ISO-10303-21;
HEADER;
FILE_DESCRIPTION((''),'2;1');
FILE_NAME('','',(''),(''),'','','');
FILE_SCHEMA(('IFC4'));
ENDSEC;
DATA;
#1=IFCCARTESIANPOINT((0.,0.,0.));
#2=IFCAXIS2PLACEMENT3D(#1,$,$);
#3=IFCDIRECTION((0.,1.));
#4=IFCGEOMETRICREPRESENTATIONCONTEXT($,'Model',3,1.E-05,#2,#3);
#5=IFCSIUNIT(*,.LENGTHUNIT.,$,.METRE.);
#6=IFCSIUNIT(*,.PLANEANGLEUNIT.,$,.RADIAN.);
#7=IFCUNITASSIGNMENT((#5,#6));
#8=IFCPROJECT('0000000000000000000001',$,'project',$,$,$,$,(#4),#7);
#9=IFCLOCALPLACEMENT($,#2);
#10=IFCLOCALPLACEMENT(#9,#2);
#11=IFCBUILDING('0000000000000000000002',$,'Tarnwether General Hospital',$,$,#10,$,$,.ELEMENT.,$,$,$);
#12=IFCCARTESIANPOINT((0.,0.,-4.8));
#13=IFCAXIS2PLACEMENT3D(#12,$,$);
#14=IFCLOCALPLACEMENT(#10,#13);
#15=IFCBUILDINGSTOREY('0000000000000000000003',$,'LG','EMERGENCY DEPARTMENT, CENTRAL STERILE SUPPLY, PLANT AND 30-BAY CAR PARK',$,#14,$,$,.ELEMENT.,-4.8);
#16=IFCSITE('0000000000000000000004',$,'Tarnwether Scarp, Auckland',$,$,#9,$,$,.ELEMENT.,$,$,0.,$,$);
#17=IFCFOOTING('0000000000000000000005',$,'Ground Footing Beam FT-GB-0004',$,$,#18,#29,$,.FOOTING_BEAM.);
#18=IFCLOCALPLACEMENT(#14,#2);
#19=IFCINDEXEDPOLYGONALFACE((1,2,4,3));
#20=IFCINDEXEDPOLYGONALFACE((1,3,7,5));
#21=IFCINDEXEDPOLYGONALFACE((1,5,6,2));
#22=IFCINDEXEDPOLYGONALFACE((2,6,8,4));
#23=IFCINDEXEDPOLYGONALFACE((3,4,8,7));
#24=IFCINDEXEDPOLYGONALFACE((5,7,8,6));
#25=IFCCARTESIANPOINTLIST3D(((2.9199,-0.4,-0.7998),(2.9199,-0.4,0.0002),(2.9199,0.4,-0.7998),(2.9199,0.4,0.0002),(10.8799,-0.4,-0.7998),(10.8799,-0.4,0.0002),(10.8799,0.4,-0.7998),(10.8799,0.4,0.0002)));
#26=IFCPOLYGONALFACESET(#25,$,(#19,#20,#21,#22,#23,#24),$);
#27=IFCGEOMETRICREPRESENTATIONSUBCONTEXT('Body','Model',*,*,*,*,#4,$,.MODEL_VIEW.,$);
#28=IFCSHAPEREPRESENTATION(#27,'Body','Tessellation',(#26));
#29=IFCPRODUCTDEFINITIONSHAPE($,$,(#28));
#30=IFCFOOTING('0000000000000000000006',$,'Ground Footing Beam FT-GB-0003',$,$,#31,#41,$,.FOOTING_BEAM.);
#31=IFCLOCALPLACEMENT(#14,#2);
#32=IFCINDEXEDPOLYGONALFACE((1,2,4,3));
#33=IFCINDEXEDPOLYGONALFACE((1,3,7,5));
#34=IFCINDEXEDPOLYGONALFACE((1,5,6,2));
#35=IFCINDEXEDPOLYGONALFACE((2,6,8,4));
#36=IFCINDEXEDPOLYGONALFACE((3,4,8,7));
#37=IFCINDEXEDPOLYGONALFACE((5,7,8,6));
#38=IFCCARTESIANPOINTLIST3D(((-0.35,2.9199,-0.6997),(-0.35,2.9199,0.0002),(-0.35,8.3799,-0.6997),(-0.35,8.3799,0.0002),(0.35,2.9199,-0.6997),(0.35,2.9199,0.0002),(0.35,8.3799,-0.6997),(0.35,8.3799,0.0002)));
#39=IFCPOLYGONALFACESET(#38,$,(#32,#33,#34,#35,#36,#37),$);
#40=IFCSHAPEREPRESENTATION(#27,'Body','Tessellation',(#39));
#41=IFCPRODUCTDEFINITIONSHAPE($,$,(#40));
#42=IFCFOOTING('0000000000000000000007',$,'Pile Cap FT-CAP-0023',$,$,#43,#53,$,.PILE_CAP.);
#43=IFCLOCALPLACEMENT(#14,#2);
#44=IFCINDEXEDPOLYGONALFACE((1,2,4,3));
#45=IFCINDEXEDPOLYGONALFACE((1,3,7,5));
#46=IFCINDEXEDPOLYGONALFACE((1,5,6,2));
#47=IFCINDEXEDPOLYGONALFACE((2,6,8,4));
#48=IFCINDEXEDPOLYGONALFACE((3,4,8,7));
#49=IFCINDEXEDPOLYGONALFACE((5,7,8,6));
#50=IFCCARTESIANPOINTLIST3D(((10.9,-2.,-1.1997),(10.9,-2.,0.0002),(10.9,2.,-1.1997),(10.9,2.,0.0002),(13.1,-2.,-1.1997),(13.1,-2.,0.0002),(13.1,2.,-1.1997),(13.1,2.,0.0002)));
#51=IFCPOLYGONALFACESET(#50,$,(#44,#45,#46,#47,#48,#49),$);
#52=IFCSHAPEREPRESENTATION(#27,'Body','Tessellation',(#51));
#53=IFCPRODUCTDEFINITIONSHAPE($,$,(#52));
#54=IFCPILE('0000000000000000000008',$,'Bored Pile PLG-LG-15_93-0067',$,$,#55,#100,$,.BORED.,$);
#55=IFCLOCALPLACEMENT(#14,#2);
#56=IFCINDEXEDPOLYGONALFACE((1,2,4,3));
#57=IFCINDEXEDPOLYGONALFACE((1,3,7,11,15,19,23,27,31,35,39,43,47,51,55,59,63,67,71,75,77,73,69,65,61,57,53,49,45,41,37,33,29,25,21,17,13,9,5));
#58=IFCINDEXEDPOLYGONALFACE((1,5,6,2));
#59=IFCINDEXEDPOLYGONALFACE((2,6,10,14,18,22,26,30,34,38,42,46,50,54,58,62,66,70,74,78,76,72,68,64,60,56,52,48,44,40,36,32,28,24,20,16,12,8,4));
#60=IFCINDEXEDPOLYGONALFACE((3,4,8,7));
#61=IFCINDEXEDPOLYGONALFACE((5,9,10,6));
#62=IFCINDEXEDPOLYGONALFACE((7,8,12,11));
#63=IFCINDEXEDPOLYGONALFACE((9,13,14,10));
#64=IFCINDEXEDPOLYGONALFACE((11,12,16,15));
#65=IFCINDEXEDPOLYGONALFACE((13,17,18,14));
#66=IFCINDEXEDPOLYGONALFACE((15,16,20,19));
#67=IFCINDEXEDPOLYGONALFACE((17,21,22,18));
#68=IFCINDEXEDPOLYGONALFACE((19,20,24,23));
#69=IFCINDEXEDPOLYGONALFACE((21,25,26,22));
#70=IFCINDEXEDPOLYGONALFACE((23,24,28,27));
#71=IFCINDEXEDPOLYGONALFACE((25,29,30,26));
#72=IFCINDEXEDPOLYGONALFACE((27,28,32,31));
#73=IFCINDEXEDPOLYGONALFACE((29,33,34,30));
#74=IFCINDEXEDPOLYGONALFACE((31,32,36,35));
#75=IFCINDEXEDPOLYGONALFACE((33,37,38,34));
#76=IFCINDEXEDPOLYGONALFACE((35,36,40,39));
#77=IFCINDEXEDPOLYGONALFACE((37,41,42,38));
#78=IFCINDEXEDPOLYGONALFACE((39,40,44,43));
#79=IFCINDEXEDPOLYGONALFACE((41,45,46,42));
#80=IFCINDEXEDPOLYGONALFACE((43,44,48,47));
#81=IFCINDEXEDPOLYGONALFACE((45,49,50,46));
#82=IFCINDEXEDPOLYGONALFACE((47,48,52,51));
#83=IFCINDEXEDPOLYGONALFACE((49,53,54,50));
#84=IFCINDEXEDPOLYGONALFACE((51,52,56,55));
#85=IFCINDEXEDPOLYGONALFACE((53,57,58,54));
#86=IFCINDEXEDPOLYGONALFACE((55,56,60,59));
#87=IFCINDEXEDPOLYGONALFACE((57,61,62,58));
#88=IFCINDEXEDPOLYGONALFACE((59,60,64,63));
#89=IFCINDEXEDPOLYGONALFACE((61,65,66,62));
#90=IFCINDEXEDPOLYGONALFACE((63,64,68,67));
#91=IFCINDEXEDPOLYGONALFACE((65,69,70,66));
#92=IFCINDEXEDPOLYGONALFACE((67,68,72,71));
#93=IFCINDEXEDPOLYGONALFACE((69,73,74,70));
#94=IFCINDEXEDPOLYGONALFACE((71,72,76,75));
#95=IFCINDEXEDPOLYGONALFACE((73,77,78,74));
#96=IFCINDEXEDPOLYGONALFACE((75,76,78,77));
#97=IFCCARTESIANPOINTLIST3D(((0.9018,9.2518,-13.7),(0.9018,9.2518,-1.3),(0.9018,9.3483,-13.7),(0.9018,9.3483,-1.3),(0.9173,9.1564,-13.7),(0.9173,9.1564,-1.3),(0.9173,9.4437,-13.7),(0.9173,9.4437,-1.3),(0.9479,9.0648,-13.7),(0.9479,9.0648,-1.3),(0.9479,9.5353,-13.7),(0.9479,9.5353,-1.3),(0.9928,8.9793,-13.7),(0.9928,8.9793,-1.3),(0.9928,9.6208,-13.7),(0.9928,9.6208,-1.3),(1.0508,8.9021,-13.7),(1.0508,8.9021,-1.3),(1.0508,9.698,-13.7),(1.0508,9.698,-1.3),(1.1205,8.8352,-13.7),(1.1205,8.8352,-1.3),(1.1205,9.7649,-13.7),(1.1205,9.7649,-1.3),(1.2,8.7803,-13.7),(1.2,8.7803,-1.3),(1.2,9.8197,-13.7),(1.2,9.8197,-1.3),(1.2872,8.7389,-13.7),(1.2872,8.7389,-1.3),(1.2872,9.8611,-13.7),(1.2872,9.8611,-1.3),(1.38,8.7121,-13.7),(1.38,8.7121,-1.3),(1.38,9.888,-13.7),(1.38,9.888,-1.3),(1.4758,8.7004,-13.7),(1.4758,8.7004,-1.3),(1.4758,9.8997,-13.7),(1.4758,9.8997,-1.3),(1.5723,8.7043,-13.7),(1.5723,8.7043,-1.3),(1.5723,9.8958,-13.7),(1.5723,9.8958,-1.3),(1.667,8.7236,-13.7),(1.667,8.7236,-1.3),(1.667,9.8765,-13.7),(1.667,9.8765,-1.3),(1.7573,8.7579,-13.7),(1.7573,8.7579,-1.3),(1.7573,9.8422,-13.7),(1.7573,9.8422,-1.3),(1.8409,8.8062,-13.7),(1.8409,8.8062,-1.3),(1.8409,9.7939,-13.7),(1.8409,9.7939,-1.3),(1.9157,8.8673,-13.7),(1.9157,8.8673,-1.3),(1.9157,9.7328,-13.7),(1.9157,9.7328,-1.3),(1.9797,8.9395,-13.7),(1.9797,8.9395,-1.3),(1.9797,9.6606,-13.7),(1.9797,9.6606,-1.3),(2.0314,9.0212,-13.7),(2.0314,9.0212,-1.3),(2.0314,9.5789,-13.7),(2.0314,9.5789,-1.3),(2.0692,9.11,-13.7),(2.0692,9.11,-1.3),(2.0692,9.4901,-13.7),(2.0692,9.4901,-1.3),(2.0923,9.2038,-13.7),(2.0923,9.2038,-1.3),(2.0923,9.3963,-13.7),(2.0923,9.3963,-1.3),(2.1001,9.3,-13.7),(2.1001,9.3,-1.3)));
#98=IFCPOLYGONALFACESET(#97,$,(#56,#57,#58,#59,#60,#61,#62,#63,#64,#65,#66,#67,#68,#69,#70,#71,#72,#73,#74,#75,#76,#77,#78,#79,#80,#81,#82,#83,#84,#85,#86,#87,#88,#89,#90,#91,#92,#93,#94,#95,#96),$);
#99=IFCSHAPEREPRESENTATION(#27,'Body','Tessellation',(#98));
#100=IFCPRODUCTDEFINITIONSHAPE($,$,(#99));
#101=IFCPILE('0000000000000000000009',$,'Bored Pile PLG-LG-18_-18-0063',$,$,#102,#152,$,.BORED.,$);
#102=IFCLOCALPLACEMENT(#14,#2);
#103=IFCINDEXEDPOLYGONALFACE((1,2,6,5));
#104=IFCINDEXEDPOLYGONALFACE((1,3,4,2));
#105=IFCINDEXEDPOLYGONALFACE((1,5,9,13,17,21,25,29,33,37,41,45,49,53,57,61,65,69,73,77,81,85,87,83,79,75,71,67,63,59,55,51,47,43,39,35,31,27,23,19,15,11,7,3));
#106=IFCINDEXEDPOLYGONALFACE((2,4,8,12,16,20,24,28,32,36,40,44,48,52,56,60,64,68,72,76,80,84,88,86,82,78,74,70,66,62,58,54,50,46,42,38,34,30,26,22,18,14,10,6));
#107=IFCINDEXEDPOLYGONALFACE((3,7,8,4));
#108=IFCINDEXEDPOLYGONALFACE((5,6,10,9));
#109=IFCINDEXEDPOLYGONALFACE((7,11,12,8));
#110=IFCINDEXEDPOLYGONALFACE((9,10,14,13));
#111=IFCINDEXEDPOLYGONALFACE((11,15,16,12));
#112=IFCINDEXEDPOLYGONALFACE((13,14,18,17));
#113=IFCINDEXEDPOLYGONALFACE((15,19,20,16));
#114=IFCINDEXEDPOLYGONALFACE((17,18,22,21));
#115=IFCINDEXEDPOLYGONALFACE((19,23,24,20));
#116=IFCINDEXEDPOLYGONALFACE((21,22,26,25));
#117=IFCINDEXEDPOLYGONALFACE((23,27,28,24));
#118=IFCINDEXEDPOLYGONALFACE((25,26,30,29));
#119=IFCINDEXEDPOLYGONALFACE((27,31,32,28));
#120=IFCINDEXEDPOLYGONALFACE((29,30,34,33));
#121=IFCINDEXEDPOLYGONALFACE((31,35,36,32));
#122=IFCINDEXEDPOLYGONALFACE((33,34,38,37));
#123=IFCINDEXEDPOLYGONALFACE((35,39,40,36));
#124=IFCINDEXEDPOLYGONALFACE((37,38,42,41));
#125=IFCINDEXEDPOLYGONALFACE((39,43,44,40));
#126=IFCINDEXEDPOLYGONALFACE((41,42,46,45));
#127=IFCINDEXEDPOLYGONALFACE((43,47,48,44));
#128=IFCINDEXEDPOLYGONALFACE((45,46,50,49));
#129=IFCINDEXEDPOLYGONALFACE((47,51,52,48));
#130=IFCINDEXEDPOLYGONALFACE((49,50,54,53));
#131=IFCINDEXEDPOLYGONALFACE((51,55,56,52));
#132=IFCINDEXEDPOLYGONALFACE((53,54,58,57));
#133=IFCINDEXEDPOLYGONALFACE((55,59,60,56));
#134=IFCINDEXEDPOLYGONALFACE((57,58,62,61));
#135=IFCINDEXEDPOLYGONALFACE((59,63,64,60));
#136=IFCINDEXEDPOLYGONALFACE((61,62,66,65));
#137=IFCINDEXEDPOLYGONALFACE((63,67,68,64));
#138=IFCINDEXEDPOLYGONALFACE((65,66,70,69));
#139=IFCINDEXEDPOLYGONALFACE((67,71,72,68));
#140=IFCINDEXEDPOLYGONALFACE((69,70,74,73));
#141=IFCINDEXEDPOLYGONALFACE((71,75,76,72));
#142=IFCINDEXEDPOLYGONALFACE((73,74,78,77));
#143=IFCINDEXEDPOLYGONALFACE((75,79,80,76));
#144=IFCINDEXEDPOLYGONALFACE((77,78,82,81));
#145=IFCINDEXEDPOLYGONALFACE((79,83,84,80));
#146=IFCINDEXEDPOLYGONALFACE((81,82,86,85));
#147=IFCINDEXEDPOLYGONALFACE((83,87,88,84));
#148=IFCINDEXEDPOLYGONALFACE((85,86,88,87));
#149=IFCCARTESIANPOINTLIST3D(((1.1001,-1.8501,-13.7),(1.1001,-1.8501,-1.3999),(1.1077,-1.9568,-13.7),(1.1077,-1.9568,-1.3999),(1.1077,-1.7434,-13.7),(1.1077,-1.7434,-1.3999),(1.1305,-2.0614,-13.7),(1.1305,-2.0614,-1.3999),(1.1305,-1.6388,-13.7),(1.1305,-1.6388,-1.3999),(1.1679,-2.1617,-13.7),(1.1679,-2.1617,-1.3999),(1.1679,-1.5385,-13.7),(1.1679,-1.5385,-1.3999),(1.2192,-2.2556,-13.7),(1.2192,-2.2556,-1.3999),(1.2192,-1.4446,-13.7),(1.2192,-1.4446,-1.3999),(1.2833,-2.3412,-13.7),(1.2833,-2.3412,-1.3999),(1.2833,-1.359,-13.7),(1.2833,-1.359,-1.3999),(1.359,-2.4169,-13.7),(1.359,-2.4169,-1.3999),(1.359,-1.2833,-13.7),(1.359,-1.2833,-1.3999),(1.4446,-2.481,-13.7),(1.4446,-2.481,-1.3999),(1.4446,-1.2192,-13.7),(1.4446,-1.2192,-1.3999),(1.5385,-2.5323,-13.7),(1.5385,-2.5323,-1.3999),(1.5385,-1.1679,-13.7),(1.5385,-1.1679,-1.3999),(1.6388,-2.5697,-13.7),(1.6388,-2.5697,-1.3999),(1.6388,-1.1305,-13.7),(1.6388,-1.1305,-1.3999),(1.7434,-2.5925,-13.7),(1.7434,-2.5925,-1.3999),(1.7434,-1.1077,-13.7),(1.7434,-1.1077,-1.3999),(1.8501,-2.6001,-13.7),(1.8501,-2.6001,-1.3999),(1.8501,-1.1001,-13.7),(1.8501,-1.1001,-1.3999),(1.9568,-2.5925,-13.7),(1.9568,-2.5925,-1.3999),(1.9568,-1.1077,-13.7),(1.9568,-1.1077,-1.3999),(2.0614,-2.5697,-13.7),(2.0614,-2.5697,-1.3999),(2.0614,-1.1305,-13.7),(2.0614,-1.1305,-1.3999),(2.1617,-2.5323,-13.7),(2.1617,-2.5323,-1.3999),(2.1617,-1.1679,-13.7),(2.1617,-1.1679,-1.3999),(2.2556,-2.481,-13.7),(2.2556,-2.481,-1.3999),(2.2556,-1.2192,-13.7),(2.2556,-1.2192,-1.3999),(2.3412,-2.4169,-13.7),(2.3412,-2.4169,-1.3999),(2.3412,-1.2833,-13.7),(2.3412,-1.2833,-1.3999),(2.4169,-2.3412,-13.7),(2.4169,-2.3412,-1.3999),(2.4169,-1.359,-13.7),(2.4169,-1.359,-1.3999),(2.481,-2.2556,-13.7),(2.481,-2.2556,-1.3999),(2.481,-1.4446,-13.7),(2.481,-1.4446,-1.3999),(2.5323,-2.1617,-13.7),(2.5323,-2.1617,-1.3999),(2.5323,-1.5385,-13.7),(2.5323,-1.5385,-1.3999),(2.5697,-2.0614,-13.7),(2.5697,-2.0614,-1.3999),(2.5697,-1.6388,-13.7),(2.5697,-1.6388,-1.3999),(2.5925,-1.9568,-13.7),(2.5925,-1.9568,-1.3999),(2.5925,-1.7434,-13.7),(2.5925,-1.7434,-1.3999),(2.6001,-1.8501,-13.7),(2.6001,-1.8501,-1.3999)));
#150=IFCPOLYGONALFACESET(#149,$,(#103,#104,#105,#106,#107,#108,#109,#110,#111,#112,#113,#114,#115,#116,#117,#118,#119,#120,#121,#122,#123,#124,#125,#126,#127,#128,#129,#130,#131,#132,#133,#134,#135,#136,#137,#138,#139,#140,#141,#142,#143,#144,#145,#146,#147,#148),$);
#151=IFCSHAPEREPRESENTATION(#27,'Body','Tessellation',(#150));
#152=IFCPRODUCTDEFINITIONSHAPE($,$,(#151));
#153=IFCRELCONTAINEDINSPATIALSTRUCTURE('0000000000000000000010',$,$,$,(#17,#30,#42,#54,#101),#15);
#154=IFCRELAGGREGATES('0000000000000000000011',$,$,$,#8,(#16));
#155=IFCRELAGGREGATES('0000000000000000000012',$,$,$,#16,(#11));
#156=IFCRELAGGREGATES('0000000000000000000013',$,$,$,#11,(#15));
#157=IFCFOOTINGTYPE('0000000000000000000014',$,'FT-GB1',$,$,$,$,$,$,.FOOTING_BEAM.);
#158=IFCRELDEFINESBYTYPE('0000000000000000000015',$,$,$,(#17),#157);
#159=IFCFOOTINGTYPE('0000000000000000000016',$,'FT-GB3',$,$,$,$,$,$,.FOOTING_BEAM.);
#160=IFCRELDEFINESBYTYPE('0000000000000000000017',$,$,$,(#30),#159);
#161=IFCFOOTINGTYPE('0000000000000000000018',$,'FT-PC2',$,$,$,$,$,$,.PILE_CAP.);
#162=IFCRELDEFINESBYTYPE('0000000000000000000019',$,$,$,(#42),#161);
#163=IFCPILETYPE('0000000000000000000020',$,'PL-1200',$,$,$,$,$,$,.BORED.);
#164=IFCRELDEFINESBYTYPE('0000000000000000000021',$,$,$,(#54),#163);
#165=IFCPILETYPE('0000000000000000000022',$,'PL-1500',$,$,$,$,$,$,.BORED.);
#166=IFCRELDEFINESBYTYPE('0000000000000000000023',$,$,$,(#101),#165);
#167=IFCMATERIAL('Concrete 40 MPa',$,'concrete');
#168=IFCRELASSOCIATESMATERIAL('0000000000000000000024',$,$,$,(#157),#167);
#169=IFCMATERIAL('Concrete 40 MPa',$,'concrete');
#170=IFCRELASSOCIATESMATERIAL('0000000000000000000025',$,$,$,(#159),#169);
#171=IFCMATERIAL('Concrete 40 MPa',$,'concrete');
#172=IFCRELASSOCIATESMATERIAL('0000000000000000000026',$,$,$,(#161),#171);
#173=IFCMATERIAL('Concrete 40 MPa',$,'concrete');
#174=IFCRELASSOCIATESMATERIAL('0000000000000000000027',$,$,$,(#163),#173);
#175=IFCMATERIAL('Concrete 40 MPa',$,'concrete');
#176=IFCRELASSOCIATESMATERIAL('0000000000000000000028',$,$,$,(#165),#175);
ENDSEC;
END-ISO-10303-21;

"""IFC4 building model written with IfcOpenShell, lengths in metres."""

from ifc_helpers import new_model, si_unit, direction, frame, origin, origin_2d, place, context, subcontext, project, spatial, rectangle, circle, extrude, material, material_profile, profile_set, type_object, element, save


model = new_model("IFC4")

# Units and contexts
model_context = context("Model", 3, precision=1e-05, world=origin(), true_north=direction((0.0, 1.0)))
body_context = subcontext(model_context, "Body", "Model", "MODEL_VIEW")
ifc_project = project(units=[si_unit("LENGTHUNIT", "METRE"), si_unit("PLANEANGLEUNIT", "RADIAN")], contexts=[model_context])

# Site, building, storey
site_placement = place(None, origin())
site = spatial("IfcSite", under=ifc_project, at=site_placement, Name="Tarnwether Scarp, Auckland", CompositionType="ELEMENT", RefElevation=0.0)
building_placement = place(site_placement, origin())
building = spatial("IfcBuilding", under=site, at=building_placement, Name="Tarnwether General Hospital", CompositionType="ELEMENT")
storey_placement = place(building_placement, frame((0.0, 0.0, -4.8)))
storey = spatial("IfcBuildingStorey", under=building, at=storey_placement, Name="LG", Description="EMERGENCY DEPARTMENT, CENTRAL STERILE SUPPLY, PLANT AND 30-BAY CAR PARK", CompositionType="ELEMENT", Elevation=-4.8)

# Footings
ifc_material_1 = material(Name="Concrete 40 MPa", Category="concrete")
footing_type_1 = type_object("IfcFootingType", Name="FT-GB1", PredefinedType="FOOTING_BEAM", material=ifc_material_1)
footing_1_placement = place(storey_placement, frame((6.8999, 0.0, -0.7998), z_axis=(0.0, 0.0, 1.0), x_axis=(1.0, 0.0, 0.0)))
element("IfcFooting", 1, at=footing_1_placement, inside=storey, type_object=footing_type_1, Name="Ground Footing Beam FT-GB-0004", PredefinedType="FOOTING_BEAM", context=body_context, shape_type="SweptSolid", body=[
    extrude(rectangle(XDim=7.96, YDim=0.8, at=origin_2d()), origin(), (0.0, 0.0, 1.0), 0.8),
])
ifc_material_2 = material(Name="Concrete 40 MPa", Category="concrete")
footing_type_2 = type_object("IfcFootingType", Name="FT-GB3", PredefinedType="FOOTING_BEAM", material=ifc_material_2)
footing_2_placement = place(storey_placement, frame((0.0, 5.6499, -0.6997), z_axis=(0.0, 0.0, 1.0), x_axis=(0.0, 1.0, 0.0)))
element("IfcFooting", 2, at=footing_2_placement, inside=storey, type_object=footing_type_2, Name="Ground Footing Beam FT-GB-0003", PredefinedType="FOOTING_BEAM", context=body_context, shape_type="SweptSolid", body=[
    extrude(rectangle(XDim=5.46, YDim=0.7, at=origin_2d()), origin(), (0.0, 0.0, 1.0), 0.7),
])
ifc_material_3 = material(Name="Concrete 40 MPa", Category="concrete")
footing_type_3 = type_object("IfcFootingType", Name="FT-PC2", PredefinedType="PILE_CAP", material=ifc_material_3)
footing_3_placement = place(storey_placement, frame((12.0, 0.0, -1.1997), z_axis=(0.0, 0.0, 1.0), x_axis=(0.0, 1.0, 0.0)))
element("IfcFooting", 3, at=footing_3_placement, inside=storey, type_object=footing_type_3, Name="Pile Cap FT-CAP-0023", PredefinedType="PILE_CAP", context=body_context, shape_type="SweptSolid", body=[
    extrude(rectangle(XDim=4.0, YDim=2.2, at=origin_2d()), origin(), (0.0, 0.0, 1.0), 1.2),
])

# Piles
ifc_material_4 = material(Name="Concrete 40 MPa", Category="concrete")
ifc_material_profile_1 = material_profile(ifc_material_4, circle(Radius=0.6001, at=origin_2d()), Name="PILE-D1200")
ifc_profile_set_1 = profile_set([ifc_material_profile_1], Name="Concrete 40 MPa")
pile_type_1 = type_object("IfcPileType", Name="PL-1200", PredefinedType="BORED", material=ifc_profile_set_1)
pile_1_placement = place(storey_placement, frame((1.5, 9.3, -1.3), z_axis=(0.0, 0.0, -1.0), x_axis=(1.0, 0.0, 0.0)))
element("IfcPile", 4, at=pile_1_placement, inside=storey, type_object=pile_type_1, Name="Bored Pile PLG-LG-15_93-0067", PredefinedType="BORED", context=body_context, shape_type="SweptSolid", body=[
    extrude(circle(Radius=0.6001, at=origin_2d()), origin(), (0.0, 0.0, 1.0), 12.3999),
])
ifc_material_5 = material(Name="Concrete 40 MPa", Category="concrete")
ifc_material_profile_2 = material_profile(ifc_material_5, circle(Radius=0.75, at=origin_2d()), Name="PILE-D1500")
ifc_profile_set_2 = profile_set([ifc_material_profile_2], Name="Concrete 40 MPa")
pile_type_2 = type_object("IfcPileType", Name="PL-1500", PredefinedType="BORED", material=ifc_profile_set_2)
for number, where, z_axis, x_axis, name in (
    (5, (1.8501, -1.8501, -1.3999), (0.0, 0.0, -1.0), (1.0, 0.0, 0.0), "Bored Pile PLG-LG-18_-18-0063"),
):
    element("IfcPile", number, at=place(storey_placement, frame(where, z_axis=z_axis, x_axis=x_axis)), inside=storey, type_object=pile_type_2, Name=name, PredefinedType="BORED", context=body_context, shape_type="SweptSolid", body=[
        extrude(circle(Radius=0.75, at=origin_2d()), origin(), (0.0, 0.0, 1.0), 12.3),
    ])

save(model, "model.ifc")
